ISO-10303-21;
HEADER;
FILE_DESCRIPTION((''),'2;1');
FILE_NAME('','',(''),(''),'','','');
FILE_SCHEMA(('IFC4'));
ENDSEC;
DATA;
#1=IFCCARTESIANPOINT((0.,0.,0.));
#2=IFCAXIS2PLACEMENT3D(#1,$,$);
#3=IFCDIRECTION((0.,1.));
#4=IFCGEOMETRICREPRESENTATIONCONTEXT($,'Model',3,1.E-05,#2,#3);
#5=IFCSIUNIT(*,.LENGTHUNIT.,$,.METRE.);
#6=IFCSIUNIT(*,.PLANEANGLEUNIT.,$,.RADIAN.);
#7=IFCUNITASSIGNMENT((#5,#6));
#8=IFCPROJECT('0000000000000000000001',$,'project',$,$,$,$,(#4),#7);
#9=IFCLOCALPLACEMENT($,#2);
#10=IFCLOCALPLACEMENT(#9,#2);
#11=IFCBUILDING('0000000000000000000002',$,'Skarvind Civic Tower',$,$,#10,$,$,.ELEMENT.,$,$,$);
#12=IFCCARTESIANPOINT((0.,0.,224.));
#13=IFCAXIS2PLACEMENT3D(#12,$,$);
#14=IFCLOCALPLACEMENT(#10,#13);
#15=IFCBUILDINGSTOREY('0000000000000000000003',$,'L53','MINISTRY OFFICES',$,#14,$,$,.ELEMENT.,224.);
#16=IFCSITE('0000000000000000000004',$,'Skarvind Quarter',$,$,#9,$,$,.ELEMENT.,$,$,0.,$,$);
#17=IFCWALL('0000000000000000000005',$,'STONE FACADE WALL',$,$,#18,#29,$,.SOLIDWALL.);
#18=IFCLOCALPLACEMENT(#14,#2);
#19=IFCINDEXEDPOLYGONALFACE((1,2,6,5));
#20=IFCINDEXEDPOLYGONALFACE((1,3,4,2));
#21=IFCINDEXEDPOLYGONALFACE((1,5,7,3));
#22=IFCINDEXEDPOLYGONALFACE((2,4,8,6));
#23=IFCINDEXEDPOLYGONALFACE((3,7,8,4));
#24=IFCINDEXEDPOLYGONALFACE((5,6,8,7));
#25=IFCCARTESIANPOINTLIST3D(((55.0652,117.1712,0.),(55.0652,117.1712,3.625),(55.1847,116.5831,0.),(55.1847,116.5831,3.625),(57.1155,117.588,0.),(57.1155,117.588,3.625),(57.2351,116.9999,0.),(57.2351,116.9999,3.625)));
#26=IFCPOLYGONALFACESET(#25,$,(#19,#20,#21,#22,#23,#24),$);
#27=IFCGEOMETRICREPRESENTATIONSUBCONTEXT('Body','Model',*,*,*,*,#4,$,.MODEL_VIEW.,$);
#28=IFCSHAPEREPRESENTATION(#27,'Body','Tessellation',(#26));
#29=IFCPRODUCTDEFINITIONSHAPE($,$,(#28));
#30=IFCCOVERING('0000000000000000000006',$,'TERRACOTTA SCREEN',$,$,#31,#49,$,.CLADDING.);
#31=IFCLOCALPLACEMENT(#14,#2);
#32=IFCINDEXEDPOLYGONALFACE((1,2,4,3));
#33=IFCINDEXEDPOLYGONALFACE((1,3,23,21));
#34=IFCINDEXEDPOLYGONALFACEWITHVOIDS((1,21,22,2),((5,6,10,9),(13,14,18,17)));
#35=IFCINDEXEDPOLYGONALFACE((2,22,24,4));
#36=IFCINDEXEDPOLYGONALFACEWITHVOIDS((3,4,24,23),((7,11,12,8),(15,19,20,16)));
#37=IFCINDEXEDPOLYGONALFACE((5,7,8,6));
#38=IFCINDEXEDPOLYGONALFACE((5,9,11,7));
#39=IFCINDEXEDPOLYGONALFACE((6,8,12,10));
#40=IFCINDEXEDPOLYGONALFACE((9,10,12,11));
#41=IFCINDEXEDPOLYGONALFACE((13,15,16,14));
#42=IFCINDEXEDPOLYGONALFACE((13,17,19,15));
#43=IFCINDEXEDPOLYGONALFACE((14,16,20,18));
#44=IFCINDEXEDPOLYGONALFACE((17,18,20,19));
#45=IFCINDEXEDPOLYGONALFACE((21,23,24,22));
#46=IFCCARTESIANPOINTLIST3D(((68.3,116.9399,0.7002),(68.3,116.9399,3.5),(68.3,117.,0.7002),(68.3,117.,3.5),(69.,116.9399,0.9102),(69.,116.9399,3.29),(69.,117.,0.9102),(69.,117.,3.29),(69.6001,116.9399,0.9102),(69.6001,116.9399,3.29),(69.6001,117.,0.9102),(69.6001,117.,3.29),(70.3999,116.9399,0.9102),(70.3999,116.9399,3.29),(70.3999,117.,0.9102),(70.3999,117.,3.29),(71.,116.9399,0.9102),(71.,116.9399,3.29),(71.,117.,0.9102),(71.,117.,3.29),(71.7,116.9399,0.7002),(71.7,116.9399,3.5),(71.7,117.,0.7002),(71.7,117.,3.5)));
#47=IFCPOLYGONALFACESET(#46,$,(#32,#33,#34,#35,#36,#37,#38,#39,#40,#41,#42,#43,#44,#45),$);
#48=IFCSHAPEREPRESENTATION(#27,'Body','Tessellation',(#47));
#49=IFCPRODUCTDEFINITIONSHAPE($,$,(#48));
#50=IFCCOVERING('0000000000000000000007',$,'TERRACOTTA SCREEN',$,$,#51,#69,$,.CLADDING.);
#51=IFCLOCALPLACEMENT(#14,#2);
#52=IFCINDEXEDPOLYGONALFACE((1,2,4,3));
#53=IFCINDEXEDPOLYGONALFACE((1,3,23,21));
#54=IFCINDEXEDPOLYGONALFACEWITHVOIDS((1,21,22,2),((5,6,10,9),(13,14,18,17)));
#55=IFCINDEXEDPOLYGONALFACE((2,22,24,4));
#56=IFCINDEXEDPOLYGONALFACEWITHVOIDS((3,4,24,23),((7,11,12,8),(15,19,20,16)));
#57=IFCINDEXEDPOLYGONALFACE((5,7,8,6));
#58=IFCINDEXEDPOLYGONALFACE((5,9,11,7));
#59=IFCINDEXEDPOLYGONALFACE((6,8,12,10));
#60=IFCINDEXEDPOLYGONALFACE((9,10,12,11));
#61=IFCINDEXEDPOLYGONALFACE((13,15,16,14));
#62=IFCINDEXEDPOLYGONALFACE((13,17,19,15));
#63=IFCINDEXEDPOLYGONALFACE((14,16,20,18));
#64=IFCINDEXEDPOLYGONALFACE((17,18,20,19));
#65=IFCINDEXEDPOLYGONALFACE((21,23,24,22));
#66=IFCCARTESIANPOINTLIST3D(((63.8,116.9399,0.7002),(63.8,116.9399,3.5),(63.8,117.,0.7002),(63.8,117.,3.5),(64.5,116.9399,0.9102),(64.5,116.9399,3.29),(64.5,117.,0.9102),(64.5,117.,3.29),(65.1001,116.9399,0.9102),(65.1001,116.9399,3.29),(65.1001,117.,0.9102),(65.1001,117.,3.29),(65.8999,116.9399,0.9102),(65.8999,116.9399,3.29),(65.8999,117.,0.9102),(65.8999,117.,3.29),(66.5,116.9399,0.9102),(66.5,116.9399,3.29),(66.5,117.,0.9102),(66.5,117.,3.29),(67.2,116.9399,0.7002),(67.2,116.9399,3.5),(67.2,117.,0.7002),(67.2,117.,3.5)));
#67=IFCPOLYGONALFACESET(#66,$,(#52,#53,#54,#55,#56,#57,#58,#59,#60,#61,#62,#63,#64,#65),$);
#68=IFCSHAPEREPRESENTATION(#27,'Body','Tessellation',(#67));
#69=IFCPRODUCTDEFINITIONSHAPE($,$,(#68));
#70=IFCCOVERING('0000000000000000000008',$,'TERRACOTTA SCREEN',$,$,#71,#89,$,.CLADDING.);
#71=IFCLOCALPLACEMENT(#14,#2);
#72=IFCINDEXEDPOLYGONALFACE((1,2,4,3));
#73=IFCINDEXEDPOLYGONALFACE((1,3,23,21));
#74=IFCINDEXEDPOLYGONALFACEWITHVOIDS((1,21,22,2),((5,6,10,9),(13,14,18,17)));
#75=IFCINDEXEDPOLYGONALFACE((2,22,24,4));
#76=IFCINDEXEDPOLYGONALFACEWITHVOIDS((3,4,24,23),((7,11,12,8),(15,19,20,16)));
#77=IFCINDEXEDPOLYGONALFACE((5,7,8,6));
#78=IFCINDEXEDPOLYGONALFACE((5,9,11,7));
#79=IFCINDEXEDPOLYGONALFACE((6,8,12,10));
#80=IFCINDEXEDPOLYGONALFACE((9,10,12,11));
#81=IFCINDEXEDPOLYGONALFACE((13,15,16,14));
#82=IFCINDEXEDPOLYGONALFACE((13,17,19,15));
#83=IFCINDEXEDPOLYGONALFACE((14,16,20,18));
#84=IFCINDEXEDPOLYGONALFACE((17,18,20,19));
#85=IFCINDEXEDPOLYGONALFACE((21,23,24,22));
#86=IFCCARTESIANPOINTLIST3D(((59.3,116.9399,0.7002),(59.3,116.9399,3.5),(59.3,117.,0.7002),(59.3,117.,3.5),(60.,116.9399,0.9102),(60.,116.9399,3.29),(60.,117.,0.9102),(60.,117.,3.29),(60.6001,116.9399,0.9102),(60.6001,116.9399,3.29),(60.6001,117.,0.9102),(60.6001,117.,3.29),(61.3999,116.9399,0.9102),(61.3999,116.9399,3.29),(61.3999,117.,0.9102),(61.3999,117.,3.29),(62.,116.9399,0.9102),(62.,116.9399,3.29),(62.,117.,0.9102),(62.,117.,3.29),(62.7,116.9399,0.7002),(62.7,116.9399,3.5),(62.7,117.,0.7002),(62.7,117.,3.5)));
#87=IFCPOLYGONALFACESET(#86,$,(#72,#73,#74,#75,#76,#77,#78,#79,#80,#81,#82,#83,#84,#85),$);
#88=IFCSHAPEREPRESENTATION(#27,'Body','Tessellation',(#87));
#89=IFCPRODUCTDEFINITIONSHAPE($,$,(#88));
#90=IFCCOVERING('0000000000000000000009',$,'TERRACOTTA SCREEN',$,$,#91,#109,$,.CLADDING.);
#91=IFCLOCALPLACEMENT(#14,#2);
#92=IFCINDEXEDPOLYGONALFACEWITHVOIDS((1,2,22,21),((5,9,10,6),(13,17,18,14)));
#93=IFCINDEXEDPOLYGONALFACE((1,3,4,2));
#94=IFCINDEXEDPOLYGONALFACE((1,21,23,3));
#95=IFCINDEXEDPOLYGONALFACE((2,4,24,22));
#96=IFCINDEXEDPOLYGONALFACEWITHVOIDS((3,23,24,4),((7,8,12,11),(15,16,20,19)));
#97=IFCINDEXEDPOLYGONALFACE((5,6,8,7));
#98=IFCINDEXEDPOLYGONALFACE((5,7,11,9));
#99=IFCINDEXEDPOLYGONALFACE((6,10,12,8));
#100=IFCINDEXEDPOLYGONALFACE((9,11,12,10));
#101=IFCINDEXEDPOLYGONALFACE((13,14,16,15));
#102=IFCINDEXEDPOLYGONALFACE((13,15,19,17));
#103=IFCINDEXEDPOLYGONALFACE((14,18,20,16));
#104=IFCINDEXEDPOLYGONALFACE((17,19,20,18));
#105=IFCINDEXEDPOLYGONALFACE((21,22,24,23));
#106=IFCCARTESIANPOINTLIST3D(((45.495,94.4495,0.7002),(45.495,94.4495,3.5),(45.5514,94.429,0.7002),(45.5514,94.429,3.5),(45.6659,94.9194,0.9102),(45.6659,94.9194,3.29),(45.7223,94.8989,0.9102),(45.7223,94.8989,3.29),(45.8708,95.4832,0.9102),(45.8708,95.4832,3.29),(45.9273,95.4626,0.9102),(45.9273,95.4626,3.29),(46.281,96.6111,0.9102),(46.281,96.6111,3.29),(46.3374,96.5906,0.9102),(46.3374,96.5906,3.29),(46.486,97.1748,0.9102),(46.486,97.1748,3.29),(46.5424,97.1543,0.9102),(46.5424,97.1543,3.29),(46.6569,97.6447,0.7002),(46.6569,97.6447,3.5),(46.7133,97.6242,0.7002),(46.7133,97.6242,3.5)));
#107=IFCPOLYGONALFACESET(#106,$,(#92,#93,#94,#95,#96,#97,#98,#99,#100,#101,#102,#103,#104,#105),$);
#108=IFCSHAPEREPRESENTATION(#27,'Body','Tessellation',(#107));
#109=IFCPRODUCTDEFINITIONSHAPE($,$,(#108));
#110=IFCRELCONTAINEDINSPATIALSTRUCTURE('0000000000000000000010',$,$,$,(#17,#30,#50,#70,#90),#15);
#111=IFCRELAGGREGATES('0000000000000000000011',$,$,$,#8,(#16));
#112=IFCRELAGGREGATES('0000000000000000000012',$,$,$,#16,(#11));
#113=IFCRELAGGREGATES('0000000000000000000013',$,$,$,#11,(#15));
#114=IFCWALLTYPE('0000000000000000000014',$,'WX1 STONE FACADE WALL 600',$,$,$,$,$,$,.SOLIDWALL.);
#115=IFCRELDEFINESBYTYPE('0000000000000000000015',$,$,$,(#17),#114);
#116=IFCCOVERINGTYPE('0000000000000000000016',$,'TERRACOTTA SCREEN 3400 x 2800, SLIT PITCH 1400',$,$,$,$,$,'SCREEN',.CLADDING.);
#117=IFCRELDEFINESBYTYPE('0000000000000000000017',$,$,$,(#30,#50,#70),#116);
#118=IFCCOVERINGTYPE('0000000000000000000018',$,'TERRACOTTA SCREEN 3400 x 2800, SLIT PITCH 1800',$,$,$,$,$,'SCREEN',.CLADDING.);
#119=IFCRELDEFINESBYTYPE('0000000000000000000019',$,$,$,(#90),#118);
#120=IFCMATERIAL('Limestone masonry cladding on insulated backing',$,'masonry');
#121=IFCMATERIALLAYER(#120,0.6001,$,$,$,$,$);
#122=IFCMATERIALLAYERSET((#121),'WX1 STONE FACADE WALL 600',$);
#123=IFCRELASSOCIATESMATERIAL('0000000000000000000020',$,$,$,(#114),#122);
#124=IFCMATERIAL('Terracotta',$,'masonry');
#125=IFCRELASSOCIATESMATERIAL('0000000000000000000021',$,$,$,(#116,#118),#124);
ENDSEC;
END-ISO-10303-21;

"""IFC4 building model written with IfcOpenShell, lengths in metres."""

from ifc_helpers import new_model, si_unit, direction, frame, frame_2d, origin, place, context, subcontext, project, spatial, polyline, rectangle, outline, extrude, material, layer, layer_set, material_profile, profile_set, type_object, element, save


model = new_model("IFC4")

# Units and contexts
model_context = context("Model", 3, precision=1e-05, world=origin(), true_north=direction((0.0, 1.0)))
body_context = subcontext(model_context, "Body", "Model", "MODEL_VIEW")
ifc_project = project(units=[si_unit("LENGTHUNIT", "METRE"), si_unit("PLANEANGLEUNIT", "RADIAN")], contexts=[model_context])

# Site, building, storey
site_placement = place(None, origin())
site = spatial("IfcSite", under=ifc_project, at=site_placement, Name="Skarvind Quarter", CompositionType="ELEMENT", RefElevation=0.0)
building_placement = place(site_placement, origin())
building = spatial("IfcBuilding", under=site, at=building_placement, Name="Skarvind Civic Tower", CompositionType="ELEMENT")
storey_placement = place(building_placement, frame((0.0, 0.0, 224.0)))
storey = spatial("IfcBuildingStorey", under=building, at=storey_placement, Name="L53", Description="MINISTRY OFFICES", CompositionType="ELEMENT", Elevation=224.0)

# Shared definitions
ifc_material_1 = material(Name="Limestone masonry cladding on insulated backing", Category="masonry")
ifc_layer_1 = layer(ifc_material_1, 0.6001)
ifc_layer_set_1 = layer_set([ifc_layer_1], Name="WX1 STONE FACADE WALL 600")
wall_type_1 = type_object("IfcWallType", Name="WX1 STONE FACADE WALL 600", PredefinedType="SOLIDWALL", material=ifc_layer_set_1)

# Wall
for number, where, z_axis, x_axis, name in (
    (1, (57.1753, 117.2939, 0.0), (0.0, 0.0, 1.0), (-0.979961, -0.199189, 0.0), "STONE FACADE WALL"),
):
    element("IfcWall", number, at=place(storey_placement, frame(where, z_axis=z_axis, x_axis=x_axis)), inside=storey, type_object=wall_type_1, Name=name, PredefinedType="SOLIDWALL", context=body_context, shape_type="SweptSolid", body=[
        extrude(rectangle(XDim=2.0923, YDim=0.6001, at=frame_2d((1.0461, 0.0))), origin(), (0.0, 0.0, 1.0), 3.625),
    ])

# Coverings
ifc_material_2 = material(Name="Terracotta", Category="masonry")
ifc_material_profile_1 = material_profile(ifc_material_2, outline(polyline([(-1.7, -1.3999), (1.7, -1.3999), (1.7, 1.3999), (-1.7, 1.3999), (-1.7, -1.3999)]), holes=[polyline([(-1.0, -1.1899), (-0.3999, -1.1899), (-0.3999, 1.1899), (-1.0, 1.1899), (-1.0, -1.1899)]), polyline([(0.3999, -1.1899), (1.0, -1.1899), (1.0, 1.1899), (0.3999, 1.1899), (0.3999, -1.1899)])]), Name="TERRACOTTA SCREEN 3400 x 2800, SLIT PITCH 1400")
ifc_profile_set_1 = profile_set([ifc_material_profile_1], Name="Terracotta")
covering_type_1 = type_object("IfcCoveringType", Name="TERRACOTTA SCREEN 3400 x 2800, SLIT PITCH 1400", ElementType="SCREEN", PredefinedType="CLADDING", material=ifc_profile_set_1)
for number, where, z_axis, x_axis, name in (
    (2, (70.0, 117.0, 2.1001), (0.0, -1.0, 0.0), (1.0, 0.0, 0.0), "TERRACOTTA SCREEN"),
    (3, (65.5, 117.0, 2.1001), (0.0, -1.0, 0.0), (1.0, 0.0, 0.0), "TERRACOTTA SCREEN"),
    (4, (61.0, 117.0, 2.1001), (0.0, -1.0, 0.0), (1.0, 0.0, 0.0), "TERRACOTTA SCREEN"),
):
    element("IfcCovering", number, at=place(storey_placement, frame(where, z_axis=z_axis, x_axis=x_axis)), inside=storey, type_object=covering_type_1, Name=name, PredefinedType="CLADDING", context=body_context, shape_type="SweptSolid", body=[
        extrude(outline(polyline([(-1.7, -1.3999), (1.7, -1.3999), (1.7, 1.3999), (-1.7, 1.3999), (-1.7, -1.3999)]), holes=[polyline([(-1.0, -1.1899), (-0.3999, -1.1899), (-0.3999, 1.1899), (-1.0, 1.1899), (-1.0, -1.1899)]), polyline([(0.3999, -1.1899), (1.0, -1.1899), (1.0, 1.1899), (0.3999, 1.1899), (0.3999, -1.1899)])]), origin(), (0.0, 0.0, 1.0), 0.0601),
    ])
ifc_material_profile_2 = material_profile(ifc_material_2, outline(polyline([(-1.7, -1.3999), (1.7, -1.3999), (1.7, 1.3999), (-1.7, 1.3999), (-1.7, -1.3999)]), holes=[polyline([(-1.2, -1.1899), (-0.6001, -1.1899), (-0.6001, 1.1899), (-1.2, 1.1899), (-1.2, -1.1899)]), polyline([(0.6001, -1.1899), (1.2, -1.1899), (1.2, 1.1899), (0.6001, 1.1899), (0.6001, -1.1899)])]), Name="TERRACOTTA SCREEN 3400 x 2800, SLIT PITCH 1800")
ifc_profile_set_2 = profile_set([ifc_material_profile_2], Name="Terracotta")
covering_type_2 = type_object("IfcCoveringType", Name="TERRACOTTA SCREEN 3400 x 2800, SLIT PITCH 1800", ElementType="SCREEN", PredefinedType="CLADDING", material=ifc_profile_set_2)
covering_placement = place(storey_placement, frame((46.0759, 96.0471, 2.1001), z_axis=(0.939793, -0.341743, 0.0), x_axis=(0.341743, 0.939793, 0.0)))
element("IfcCovering", 5, at=covering_placement, inside=storey, type_object=covering_type_2, Name="TERRACOTTA SCREEN", PredefinedType="CLADDING", context=body_context, shape_type="SweptSolid", body=[
    extrude(outline(polyline([(-1.7, -1.3999), (1.7, -1.3999), (1.7, 1.3999), (-1.7, 1.3999), (-1.7, -1.3999)]), holes=[polyline([(-1.2, -1.1899), (-0.6001, -1.1899), (-0.6001, 1.1899), (-1.2, 1.1899), (-1.2, -1.1899)]), polyline([(0.6001, -1.1899), (1.2, -1.1899), (1.2, 1.1899), (0.6001, 1.1899), (0.6001, -1.1899)])]), origin(), (0.0, 0.0, 1.0), 0.0601),
])

save(model, "model.ifc")
